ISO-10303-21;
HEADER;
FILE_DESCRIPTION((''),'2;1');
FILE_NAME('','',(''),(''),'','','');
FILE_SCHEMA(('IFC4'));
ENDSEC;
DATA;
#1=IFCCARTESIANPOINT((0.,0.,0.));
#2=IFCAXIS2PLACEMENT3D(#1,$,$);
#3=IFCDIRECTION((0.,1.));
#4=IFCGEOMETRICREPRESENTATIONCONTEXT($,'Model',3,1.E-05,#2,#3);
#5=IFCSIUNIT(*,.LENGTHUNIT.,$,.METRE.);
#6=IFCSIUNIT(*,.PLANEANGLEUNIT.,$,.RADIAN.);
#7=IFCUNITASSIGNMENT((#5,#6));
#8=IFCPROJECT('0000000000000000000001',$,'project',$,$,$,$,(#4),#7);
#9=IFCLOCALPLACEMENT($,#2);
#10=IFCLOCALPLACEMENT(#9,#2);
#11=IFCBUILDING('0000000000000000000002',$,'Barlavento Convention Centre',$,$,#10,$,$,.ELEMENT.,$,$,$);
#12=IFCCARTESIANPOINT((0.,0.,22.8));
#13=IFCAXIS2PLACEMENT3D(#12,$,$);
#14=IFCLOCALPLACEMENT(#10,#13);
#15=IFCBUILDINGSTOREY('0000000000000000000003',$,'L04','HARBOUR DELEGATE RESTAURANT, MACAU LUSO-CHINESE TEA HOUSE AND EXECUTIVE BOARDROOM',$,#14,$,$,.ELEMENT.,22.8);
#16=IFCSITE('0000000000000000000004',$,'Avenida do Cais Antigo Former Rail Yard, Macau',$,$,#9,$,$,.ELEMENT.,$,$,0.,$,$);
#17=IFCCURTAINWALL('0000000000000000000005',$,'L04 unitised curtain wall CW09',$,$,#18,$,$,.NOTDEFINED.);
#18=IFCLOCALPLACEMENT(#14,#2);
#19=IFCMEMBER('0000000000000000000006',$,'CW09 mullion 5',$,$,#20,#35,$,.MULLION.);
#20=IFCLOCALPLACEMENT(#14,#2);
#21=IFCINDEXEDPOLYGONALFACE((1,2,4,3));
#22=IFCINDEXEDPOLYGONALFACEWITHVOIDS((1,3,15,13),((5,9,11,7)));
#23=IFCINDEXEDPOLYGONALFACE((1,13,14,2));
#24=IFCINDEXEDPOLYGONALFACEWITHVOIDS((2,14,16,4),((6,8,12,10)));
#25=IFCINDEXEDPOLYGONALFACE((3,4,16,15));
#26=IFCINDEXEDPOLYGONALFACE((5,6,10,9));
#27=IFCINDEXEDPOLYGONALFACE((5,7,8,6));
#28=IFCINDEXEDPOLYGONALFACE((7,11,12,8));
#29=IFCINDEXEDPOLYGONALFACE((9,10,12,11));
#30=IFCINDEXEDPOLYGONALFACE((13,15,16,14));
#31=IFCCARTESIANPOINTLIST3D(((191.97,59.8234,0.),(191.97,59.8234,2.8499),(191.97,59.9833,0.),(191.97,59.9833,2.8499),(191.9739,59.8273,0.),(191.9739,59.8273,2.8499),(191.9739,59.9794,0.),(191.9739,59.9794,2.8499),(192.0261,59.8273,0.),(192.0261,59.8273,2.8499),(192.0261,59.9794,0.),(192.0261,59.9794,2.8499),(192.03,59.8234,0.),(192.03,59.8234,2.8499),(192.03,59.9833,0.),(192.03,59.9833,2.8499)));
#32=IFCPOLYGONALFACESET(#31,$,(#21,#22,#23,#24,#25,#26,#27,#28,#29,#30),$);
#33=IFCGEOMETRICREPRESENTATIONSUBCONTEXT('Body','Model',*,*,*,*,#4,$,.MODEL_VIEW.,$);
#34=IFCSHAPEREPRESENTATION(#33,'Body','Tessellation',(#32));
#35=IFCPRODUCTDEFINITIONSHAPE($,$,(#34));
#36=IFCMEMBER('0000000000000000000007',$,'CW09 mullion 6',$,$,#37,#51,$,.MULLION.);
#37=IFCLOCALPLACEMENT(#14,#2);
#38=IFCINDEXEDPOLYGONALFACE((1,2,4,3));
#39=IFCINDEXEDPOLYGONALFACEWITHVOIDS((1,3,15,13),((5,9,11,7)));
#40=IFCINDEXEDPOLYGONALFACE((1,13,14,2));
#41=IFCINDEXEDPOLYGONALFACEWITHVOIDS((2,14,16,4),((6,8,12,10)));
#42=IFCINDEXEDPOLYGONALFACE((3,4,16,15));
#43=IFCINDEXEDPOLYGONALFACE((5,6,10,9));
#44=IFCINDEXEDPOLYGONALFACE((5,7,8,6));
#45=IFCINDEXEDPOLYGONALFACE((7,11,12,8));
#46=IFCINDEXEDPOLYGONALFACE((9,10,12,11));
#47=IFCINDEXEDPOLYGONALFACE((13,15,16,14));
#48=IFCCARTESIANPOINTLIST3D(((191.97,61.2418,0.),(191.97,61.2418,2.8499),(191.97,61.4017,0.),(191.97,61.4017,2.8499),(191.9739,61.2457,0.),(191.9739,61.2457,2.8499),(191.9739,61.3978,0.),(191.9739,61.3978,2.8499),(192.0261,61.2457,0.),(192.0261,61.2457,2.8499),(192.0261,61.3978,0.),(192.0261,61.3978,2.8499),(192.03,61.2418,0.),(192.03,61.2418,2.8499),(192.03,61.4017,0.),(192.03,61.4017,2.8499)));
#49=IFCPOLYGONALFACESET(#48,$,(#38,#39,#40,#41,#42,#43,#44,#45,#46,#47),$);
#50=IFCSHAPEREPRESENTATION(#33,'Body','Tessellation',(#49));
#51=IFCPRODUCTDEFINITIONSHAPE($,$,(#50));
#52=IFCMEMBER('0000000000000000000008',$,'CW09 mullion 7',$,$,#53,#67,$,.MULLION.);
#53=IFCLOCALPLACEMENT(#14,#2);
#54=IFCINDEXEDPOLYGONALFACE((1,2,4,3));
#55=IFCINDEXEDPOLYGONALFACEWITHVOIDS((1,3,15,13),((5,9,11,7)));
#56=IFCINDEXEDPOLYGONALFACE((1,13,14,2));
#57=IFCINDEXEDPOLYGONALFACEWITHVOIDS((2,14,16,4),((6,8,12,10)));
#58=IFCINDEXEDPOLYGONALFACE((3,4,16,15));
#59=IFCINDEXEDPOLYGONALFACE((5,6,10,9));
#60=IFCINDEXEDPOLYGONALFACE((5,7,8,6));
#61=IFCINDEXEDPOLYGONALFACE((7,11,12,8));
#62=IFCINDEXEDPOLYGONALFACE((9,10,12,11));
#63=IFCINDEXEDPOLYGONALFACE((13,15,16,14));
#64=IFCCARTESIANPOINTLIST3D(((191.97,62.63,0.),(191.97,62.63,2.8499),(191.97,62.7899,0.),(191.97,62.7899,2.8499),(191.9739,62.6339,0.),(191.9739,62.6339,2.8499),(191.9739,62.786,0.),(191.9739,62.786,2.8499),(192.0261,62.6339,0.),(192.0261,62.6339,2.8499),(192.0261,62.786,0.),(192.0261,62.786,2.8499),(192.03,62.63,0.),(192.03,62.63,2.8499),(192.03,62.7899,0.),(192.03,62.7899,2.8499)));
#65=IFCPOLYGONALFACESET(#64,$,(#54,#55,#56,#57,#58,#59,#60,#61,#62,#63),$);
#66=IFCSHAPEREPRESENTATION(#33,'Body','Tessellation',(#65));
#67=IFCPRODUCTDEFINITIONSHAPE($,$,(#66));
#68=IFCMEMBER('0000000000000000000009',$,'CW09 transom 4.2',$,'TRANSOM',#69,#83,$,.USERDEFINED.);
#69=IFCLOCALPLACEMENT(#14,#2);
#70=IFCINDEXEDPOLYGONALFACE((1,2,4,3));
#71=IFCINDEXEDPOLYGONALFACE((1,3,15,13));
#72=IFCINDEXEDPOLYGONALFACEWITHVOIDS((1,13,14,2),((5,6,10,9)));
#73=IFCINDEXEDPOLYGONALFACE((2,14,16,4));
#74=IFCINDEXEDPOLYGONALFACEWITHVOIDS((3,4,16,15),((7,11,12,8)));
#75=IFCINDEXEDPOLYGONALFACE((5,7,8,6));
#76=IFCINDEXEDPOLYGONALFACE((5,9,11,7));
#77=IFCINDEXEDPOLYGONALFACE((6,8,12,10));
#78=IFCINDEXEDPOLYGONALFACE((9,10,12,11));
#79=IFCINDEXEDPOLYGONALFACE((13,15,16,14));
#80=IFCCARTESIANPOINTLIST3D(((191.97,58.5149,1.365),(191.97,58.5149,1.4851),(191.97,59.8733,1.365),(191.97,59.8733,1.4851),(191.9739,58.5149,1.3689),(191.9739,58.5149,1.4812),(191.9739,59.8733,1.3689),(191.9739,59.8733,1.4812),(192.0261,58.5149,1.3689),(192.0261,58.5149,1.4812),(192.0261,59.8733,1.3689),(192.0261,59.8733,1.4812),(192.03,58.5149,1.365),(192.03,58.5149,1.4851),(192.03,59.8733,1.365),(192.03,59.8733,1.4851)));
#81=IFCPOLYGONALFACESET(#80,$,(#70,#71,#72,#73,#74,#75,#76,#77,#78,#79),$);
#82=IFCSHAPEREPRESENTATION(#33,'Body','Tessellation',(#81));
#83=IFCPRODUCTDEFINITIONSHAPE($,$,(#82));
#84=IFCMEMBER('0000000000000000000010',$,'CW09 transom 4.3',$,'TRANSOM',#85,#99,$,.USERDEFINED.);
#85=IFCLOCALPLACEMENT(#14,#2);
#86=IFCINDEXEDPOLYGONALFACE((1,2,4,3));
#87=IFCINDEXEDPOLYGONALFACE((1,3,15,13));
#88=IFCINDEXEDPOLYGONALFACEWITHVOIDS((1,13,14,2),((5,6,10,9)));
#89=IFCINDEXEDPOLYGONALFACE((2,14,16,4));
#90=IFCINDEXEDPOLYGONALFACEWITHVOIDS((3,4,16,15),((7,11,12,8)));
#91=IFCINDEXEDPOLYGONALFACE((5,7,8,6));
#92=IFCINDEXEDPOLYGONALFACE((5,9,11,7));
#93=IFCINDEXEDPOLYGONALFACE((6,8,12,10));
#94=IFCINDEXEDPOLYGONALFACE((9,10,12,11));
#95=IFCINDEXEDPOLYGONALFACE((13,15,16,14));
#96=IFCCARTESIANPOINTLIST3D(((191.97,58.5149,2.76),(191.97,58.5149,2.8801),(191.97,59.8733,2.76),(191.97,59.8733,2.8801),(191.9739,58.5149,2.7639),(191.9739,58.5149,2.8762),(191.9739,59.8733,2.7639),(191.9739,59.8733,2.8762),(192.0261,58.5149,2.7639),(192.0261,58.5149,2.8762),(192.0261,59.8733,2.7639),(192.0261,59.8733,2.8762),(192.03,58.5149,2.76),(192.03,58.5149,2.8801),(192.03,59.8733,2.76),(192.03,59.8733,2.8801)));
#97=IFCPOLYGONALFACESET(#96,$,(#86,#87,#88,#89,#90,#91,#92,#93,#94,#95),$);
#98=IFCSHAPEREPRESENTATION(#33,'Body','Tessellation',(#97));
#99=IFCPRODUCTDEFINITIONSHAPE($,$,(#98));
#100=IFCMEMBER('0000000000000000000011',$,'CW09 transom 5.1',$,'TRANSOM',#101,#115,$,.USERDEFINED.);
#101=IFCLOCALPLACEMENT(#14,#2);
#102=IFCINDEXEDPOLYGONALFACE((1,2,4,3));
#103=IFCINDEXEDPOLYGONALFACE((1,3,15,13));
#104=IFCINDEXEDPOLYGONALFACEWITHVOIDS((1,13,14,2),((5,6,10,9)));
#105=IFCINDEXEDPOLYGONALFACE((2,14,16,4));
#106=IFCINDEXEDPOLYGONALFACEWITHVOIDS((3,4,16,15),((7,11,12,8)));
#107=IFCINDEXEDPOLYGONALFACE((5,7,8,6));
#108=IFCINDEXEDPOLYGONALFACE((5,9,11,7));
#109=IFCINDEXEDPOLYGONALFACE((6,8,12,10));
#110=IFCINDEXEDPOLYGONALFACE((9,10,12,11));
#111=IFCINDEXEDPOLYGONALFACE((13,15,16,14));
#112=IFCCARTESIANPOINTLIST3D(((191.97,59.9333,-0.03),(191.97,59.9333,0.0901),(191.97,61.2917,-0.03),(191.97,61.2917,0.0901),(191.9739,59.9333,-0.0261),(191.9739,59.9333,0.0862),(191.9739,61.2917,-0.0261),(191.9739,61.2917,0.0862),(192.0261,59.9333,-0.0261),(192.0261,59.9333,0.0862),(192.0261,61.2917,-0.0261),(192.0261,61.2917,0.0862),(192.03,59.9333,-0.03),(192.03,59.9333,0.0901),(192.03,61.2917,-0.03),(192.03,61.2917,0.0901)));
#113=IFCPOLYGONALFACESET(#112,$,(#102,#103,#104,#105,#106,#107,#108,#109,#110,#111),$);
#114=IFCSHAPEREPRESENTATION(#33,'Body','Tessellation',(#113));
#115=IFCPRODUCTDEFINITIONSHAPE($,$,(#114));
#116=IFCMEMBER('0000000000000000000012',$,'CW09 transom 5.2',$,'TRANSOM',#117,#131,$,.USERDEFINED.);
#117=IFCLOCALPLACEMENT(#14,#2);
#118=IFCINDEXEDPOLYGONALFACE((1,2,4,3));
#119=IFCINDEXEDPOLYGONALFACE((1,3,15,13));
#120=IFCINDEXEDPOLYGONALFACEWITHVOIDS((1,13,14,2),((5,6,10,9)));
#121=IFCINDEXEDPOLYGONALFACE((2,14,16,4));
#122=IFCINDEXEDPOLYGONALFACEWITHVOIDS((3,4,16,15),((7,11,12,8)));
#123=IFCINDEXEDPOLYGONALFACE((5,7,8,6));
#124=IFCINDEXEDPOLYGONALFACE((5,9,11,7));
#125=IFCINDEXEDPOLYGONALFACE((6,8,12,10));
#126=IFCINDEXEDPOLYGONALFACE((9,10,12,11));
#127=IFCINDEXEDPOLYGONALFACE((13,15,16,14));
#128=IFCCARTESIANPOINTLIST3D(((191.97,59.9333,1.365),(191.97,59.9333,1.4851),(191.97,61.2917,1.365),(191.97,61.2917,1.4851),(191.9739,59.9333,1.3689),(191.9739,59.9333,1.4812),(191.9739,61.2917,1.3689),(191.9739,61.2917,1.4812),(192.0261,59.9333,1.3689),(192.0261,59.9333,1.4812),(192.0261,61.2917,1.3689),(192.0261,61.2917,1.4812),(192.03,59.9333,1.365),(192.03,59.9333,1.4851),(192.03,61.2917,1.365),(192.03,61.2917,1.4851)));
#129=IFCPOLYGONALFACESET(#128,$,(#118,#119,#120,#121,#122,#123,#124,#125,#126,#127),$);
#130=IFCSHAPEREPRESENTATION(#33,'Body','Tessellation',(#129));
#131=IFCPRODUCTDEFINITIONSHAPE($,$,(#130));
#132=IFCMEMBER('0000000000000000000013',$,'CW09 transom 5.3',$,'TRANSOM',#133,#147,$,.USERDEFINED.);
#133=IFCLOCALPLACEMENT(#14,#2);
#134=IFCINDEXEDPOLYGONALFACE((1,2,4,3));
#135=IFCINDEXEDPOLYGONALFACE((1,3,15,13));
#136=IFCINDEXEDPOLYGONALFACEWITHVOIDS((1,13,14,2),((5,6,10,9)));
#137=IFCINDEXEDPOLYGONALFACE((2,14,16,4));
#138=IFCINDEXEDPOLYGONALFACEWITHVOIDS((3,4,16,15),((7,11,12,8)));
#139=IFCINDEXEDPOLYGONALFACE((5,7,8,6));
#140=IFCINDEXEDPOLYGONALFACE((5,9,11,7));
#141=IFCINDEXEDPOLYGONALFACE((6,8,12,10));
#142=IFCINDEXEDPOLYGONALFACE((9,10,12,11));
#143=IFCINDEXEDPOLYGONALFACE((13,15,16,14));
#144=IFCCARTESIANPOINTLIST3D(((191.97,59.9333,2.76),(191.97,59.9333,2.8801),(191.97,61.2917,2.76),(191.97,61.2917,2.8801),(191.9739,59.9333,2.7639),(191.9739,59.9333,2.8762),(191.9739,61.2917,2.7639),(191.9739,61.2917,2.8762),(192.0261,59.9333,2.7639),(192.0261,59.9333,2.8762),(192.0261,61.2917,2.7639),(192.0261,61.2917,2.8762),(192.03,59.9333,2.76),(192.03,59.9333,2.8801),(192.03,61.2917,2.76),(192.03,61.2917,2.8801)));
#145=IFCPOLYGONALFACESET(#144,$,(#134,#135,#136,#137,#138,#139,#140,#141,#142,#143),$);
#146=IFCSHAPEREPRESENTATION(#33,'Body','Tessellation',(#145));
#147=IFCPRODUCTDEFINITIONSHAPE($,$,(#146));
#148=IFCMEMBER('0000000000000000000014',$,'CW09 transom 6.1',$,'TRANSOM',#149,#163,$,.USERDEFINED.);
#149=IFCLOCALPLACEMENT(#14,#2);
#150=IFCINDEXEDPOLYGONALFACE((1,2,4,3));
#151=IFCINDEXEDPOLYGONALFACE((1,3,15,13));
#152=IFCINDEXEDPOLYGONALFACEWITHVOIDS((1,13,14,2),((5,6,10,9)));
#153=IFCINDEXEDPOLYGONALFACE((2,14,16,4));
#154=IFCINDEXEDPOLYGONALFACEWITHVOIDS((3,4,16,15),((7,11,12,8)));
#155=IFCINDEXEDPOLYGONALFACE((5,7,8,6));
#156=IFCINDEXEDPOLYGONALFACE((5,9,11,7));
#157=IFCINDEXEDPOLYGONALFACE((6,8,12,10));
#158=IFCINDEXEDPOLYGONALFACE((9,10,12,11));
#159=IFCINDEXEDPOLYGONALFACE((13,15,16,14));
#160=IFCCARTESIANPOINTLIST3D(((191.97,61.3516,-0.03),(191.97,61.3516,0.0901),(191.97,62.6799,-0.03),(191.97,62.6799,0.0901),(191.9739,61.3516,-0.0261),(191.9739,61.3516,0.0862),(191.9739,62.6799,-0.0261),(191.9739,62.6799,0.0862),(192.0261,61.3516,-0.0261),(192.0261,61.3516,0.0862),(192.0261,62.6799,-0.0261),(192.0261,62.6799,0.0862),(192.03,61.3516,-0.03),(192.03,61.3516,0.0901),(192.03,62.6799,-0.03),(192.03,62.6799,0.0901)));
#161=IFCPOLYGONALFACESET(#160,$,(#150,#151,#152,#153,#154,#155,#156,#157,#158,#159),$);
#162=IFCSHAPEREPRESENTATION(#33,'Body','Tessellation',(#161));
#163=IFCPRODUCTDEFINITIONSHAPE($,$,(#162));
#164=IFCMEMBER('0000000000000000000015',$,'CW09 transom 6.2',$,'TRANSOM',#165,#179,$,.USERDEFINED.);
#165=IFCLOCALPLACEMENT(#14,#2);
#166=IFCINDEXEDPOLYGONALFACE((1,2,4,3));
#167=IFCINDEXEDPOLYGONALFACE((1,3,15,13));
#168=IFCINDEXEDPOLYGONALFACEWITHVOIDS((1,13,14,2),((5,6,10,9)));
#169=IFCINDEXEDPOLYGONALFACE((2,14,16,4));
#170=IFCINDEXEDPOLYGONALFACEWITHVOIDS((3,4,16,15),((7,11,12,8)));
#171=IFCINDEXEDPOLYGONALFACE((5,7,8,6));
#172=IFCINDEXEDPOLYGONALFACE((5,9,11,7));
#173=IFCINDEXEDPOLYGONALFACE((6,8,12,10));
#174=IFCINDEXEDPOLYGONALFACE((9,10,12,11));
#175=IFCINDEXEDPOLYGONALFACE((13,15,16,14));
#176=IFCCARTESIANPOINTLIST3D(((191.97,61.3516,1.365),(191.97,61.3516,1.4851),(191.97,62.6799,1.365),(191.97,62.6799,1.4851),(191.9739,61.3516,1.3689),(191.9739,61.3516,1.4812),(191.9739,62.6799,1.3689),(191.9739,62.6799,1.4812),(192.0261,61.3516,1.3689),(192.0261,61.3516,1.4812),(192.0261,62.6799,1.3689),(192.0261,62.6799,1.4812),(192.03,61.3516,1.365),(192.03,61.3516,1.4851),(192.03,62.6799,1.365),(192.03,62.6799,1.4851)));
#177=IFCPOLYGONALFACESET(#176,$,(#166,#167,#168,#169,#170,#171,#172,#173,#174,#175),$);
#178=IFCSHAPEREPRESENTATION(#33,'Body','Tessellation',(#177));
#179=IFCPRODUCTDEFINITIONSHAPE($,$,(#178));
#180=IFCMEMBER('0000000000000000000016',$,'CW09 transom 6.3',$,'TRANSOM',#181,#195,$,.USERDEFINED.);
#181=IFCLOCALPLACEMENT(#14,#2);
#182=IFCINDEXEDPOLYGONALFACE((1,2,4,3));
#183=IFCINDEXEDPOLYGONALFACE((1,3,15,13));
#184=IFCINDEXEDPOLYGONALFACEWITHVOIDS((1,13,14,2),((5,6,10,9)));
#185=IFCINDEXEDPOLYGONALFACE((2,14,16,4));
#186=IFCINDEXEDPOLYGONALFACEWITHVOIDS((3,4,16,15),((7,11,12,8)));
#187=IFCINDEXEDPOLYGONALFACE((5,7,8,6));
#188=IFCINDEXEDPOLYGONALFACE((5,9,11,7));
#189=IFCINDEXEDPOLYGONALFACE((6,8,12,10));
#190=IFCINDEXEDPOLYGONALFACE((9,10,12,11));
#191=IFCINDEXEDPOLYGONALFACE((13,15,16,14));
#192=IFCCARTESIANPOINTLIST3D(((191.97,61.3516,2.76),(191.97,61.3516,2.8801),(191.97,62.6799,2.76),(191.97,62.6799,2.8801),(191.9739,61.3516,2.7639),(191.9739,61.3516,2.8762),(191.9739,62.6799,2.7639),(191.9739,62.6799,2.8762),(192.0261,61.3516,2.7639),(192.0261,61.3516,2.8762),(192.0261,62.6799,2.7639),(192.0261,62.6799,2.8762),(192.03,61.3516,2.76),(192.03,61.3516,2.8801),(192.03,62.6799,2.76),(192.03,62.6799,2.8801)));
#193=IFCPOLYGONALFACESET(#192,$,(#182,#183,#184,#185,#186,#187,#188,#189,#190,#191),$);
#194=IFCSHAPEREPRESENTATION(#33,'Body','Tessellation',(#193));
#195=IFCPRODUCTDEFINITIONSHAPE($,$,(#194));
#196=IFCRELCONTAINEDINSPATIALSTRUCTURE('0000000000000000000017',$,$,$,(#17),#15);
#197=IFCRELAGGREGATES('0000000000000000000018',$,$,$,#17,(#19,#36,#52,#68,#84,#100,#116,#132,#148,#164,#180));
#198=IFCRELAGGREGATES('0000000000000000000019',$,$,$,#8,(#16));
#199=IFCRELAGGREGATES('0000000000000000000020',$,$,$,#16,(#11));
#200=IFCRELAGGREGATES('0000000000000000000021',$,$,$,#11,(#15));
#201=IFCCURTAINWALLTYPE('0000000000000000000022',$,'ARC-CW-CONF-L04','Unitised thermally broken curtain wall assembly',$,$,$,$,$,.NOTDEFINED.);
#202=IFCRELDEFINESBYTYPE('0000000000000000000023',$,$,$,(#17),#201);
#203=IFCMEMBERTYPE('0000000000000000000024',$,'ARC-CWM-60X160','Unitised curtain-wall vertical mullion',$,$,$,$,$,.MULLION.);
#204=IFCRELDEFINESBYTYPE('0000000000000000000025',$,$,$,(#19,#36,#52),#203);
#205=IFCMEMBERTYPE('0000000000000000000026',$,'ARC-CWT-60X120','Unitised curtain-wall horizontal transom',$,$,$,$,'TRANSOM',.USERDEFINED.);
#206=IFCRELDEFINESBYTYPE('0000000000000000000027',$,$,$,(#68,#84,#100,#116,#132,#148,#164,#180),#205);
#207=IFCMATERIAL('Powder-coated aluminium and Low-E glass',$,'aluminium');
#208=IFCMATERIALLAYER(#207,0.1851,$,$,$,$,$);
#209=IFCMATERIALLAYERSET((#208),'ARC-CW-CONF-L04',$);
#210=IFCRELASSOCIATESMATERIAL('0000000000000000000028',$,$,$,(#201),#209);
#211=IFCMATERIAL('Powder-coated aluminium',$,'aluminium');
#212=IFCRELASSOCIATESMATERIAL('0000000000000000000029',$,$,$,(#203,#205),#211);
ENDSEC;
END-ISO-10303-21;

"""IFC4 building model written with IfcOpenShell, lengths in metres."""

from ifc_helpers import new_model, si_unit, direction, frame, origin, origin_2d, place, context, subcontext, project, spatial, hollow_rectangle, extrude, material, layer, layer_set, material_profile, profile_set, type_object, element, aggregate, save


model = new_model("IFC4")

# Units and contexts
model_context = context("Model", 3, precision=1e-05, world=origin(), true_north=direction((0.0, 1.0)))
body_context = subcontext(model_context, "Body", "Model", "MODEL_VIEW")
ifc_project = project(units=[si_unit("LENGTHUNIT", "METRE"), si_unit("PLANEANGLEUNIT", "RADIAN")], contexts=[model_context])

# Site, building, storey
site_placement = place(None, origin())
site = spatial("IfcSite", under=ifc_project, at=site_placement, Name="Avenida do Cais Antigo Former Rail Yard, Macau", CompositionType="ELEMENT", RefElevation=0.0)
building_placement = place(site_placement, origin())
building = spatial("IfcBuilding", under=site, at=building_placement, Name="Barlavento Convention Centre", CompositionType="ELEMENT")
storey_placement = place(building_placement, frame((0.0, 0.0, 22.8)))
storey = spatial("IfcBuildingStorey", under=building, at=storey_placement, Name="L04", Description="HARBOUR DELEGATE RESTAURANT, MACAU LUSO-CHINESE TEA HOUSE AND EXECUTIVE BOARDROOM", CompositionType="ELEMENT", Elevation=22.8)

# Curtain wall, members
ifc_material_1 = material(Name="Powder-coated aluminium and Low-E glass", Category="aluminium")
ifc_layer_1 = layer(ifc_material_1, 0.1851)
ifc_layer_set_1 = layer_set([ifc_layer_1], Name="ARC-CW-CONF-L04")
curtain_wall_type = type_object("IfcCurtainWallType", Name="ARC-CW-CONF-L04", Description="Unitised thermally broken curtain wall assembly", PredefinedType="NOTDEFINED", material=ifc_layer_set_1)
curtain_wall_placement = place(storey_placement, origin())
curtain_wall = element("IfcCurtainWall", 1, at=curtain_wall_placement, inside=storey, type_object=curtain_wall_type, Name="L04 unitised curtain wall CW09", PredefinedType="NOTDEFINED")
ifc_material_2 = material(Name="Powder-coated aluminium", Category="aluminium")
ifc_material_profile_1 = material_profile(ifc_material_2, hollow_rectangle(XDim=0.0601, YDim=0.1599, WallThickness=0.0039, at=origin_2d()), Name="AL-MULL 60x160x4")
ifc_profile_set_1 = profile_set([ifc_material_profile_1], Name="Powder-coated aluminium")
member_type_1 = type_object("IfcMemberType", Name="ARC-CWM-60X160", Description="Unitised curtain-wall vertical mullion", PredefinedType="MULLION", material=ifc_profile_set_1)
member_1_placement = place(storey_placement, frame((192.0, 59.9033, 0.0), z_axis=(0.0, 0.0, 1.0), x_axis=(-1.0, 0.0, 0.0)))
member_1 = element("IfcMember", 2, at=member_1_placement, type_object=member_type_1, Name="CW09 mullion 5", PredefinedType="MULLION", context=body_context, shape_type="SweptSolid", body=[
    extrude(hollow_rectangle(XDim=0.0601, YDim=0.1599, WallThickness=0.0039, at=origin_2d()), origin(), (0.0, 0.0, 1.0), 2.8499),
])
member_2_placement = place(storey_placement, frame((192.0, 61.3218, 0.0), z_axis=(0.0, 0.0, 1.0), x_axis=(-1.0, 0.0, 0.0)))
member_2 = element("IfcMember", 3, at=member_2_placement, type_object=member_type_1, Name="CW09 mullion 6", PredefinedType="MULLION", context=body_context, shape_type="SweptSolid", body=[
    extrude(hollow_rectangle(XDim=0.0601, YDim=0.1599, WallThickness=0.0039, at=origin_2d()), origin(), (0.0, 0.0, 1.0), 2.8499),
])
member_3_placement = place(storey_placement, frame((192.0, 62.71, 0.0), z_axis=(0.0, 0.0, 1.0), x_axis=(-1.0, 0.0, 0.0)))
member_3 = element("IfcMember", 4, at=member_3_placement, type_object=member_type_1, Name="CW09 mullion 7", PredefinedType="MULLION", context=body_context, shape_type="SweptSolid", body=[
    extrude(hollow_rectangle(XDim=0.0601, YDim=0.1599, WallThickness=0.0039, at=origin_2d()), origin(), (0.0, 0.0, 1.0), 2.8499),
])
ifc_material_profile_2 = material_profile(ifc_material_2, hollow_rectangle(XDim=0.0601, YDim=0.1201, WallThickness=0.0039, at=origin_2d()), Name="AL-TRAN 60x120x4")
ifc_profile_set_2 = profile_set([ifc_material_profile_2], Name="Powder-coated aluminium")
member_type_2 = type_object("IfcMemberType", Name="ARC-CWT-60X120", Description="Unitised curtain-wall horizontal transom", ElementType="TRANSOM", PredefinedType="USERDEFINED", material=ifc_profile_set_2)
member_4_placement = place(storey_placement, frame((192.0, 58.5149, 1.425), z_axis=(0.0, 1.0, 0.0), x_axis=(-1.0, 0.0, 0.0)))
member_4 = element("IfcMember", 5, at=member_4_placement, type_object=member_type_2, Name="CW09 transom 4.2", ObjectType="TRANSOM", PredefinedType="USERDEFINED", context=body_context, shape_type="SweptSolid", body=[
    extrude(hollow_rectangle(XDim=0.0601, YDim=0.1201, WallThickness=0.0039, at=origin_2d()), origin(), (0.0, 0.0, 1.0), 1.3584),
])
member_5_placement = place(storey_placement, frame((192.0, 58.5149, 2.8201), z_axis=(0.0, 1.0, 0.0), x_axis=(-1.0, 0.0, 0.0)))
member_5 = element("IfcMember", 6, at=member_5_placement, type_object=member_type_2, Name="CW09 transom 4.3", ObjectType="TRANSOM", PredefinedType="USERDEFINED", context=body_context, shape_type="SweptSolid", body=[
    extrude(hollow_rectangle(XDim=0.0601, YDim=0.1201, WallThickness=0.0039, at=origin_2d()), origin(), (0.0, 0.0, 1.0), 1.3584),
])
member_6_placement = place(storey_placement, frame((192.0, 59.9333, 0.03), z_axis=(0.0, 1.0, 0.0), x_axis=(-1.0, 0.0, 0.0)))
member_6 = element("IfcMember", 7, at=member_6_placement, type_object=member_type_2, Name="CW09 transom 5.1", ObjectType="TRANSOM", PredefinedType="USERDEFINED", context=body_context, shape_type="SweptSolid", body=[
    extrude(hollow_rectangle(XDim=0.0601, YDim=0.1201, WallThickness=0.0039, at=origin_2d()), origin(), (0.0, 0.0, 1.0), 1.3584),
])
member_7_placement = place(storey_placement, frame((192.0, 59.9333, 1.425), z_axis=(0.0, 1.0, 0.0), x_axis=(-1.0, 0.0, 0.0)))
member_7 = element("IfcMember", 8, at=member_7_placement, type_object=member_type_2, Name="CW09 transom 5.2", ObjectType="TRANSOM", PredefinedType="USERDEFINED", context=body_context, shape_type="SweptSolid", body=[
    extrude(hollow_rectangle(XDim=0.0601, YDim=0.1201, WallThickness=0.0039, at=origin_2d()), origin(), (0.0, 0.0, 1.0), 1.3584),
])
member_8_placement = place(storey_placement, frame((192.0, 59.9333, 2.8201), z_axis=(0.0, 1.0, 0.0), x_axis=(-1.0, 0.0, 0.0)))
member_8 = element("IfcMember", 9, at=member_8_placement, type_object=member_type_2, Name="CW09 transom 5.3", ObjectType="TRANSOM", PredefinedType="USERDEFINED", context=body_context, shape_type="SweptSolid", body=[
    extrude(hollow_rectangle(XDim=0.0601, YDim=0.1201, WallThickness=0.0039, at=origin_2d()), origin(), (0.0, 0.0, 1.0), 1.3584),
])
member_9_placement = place(storey_placement, frame((192.0, 61.3516, 0.03), z_axis=(0.0, 1.0, 0.0), x_axis=(-1.0, 0.0, 0.0)))
member_9 = element("IfcMember", 10, at=member_9_placement, type_object=member_type_2, Name="CW09 transom 6.1", ObjectType="TRANSOM", PredefinedType="USERDEFINED", context=body_context, shape_type="SweptSolid", body=[
    extrude(hollow_rectangle(XDim=0.0601, YDim=0.1201, WallThickness=0.0039, at=origin_2d()), origin(), (0.0, 0.0, 1.0), 1.3284),
])
member_10_placement = place(storey_placement, frame((192.0, 61.3516, 1.425), z_axis=(0.0, 1.0, 0.0), x_axis=(-1.0, 0.0, 0.0)))
member_10 = element("IfcMember", 11, at=member_10_placement, type_object=member_type_2, Name="CW09 transom 6.2", ObjectType="TRANSOM", PredefinedType="USERDEFINED", context=body_context, shape_type="SweptSolid", body=[
    extrude(hollow_rectangle(XDim=0.0601, YDim=0.1201, WallThickness=0.0039, at=origin_2d()), origin(), (0.0, 0.0, 1.0), 1.3284),
])
member_11_placement = place(storey_placement, frame((192.0, 61.3516, 2.8201), z_axis=(0.0, 1.0, 0.0), x_axis=(-1.0, 0.0, 0.0)))
member_11 = element("IfcMember", 12, at=member_11_placement, type_object=member_type_2, Name="CW09 transom 6.3", ObjectType="TRANSOM", PredefinedType="USERDEFINED", context=body_context, shape_type="SweptSolid", body=[
    extrude(hollow_rectangle(XDim=0.0601, YDim=0.1201, WallThickness=0.0039, at=origin_2d()), origin(), (0.0, 0.0, 1.0), 1.3284),
])
aggregate(curtain_wall, [member_1, member_2, member_3, member_4, member_5, member_6, member_7, member_8, member_9, member_10, member_11])

save(model, "model.ifc")
